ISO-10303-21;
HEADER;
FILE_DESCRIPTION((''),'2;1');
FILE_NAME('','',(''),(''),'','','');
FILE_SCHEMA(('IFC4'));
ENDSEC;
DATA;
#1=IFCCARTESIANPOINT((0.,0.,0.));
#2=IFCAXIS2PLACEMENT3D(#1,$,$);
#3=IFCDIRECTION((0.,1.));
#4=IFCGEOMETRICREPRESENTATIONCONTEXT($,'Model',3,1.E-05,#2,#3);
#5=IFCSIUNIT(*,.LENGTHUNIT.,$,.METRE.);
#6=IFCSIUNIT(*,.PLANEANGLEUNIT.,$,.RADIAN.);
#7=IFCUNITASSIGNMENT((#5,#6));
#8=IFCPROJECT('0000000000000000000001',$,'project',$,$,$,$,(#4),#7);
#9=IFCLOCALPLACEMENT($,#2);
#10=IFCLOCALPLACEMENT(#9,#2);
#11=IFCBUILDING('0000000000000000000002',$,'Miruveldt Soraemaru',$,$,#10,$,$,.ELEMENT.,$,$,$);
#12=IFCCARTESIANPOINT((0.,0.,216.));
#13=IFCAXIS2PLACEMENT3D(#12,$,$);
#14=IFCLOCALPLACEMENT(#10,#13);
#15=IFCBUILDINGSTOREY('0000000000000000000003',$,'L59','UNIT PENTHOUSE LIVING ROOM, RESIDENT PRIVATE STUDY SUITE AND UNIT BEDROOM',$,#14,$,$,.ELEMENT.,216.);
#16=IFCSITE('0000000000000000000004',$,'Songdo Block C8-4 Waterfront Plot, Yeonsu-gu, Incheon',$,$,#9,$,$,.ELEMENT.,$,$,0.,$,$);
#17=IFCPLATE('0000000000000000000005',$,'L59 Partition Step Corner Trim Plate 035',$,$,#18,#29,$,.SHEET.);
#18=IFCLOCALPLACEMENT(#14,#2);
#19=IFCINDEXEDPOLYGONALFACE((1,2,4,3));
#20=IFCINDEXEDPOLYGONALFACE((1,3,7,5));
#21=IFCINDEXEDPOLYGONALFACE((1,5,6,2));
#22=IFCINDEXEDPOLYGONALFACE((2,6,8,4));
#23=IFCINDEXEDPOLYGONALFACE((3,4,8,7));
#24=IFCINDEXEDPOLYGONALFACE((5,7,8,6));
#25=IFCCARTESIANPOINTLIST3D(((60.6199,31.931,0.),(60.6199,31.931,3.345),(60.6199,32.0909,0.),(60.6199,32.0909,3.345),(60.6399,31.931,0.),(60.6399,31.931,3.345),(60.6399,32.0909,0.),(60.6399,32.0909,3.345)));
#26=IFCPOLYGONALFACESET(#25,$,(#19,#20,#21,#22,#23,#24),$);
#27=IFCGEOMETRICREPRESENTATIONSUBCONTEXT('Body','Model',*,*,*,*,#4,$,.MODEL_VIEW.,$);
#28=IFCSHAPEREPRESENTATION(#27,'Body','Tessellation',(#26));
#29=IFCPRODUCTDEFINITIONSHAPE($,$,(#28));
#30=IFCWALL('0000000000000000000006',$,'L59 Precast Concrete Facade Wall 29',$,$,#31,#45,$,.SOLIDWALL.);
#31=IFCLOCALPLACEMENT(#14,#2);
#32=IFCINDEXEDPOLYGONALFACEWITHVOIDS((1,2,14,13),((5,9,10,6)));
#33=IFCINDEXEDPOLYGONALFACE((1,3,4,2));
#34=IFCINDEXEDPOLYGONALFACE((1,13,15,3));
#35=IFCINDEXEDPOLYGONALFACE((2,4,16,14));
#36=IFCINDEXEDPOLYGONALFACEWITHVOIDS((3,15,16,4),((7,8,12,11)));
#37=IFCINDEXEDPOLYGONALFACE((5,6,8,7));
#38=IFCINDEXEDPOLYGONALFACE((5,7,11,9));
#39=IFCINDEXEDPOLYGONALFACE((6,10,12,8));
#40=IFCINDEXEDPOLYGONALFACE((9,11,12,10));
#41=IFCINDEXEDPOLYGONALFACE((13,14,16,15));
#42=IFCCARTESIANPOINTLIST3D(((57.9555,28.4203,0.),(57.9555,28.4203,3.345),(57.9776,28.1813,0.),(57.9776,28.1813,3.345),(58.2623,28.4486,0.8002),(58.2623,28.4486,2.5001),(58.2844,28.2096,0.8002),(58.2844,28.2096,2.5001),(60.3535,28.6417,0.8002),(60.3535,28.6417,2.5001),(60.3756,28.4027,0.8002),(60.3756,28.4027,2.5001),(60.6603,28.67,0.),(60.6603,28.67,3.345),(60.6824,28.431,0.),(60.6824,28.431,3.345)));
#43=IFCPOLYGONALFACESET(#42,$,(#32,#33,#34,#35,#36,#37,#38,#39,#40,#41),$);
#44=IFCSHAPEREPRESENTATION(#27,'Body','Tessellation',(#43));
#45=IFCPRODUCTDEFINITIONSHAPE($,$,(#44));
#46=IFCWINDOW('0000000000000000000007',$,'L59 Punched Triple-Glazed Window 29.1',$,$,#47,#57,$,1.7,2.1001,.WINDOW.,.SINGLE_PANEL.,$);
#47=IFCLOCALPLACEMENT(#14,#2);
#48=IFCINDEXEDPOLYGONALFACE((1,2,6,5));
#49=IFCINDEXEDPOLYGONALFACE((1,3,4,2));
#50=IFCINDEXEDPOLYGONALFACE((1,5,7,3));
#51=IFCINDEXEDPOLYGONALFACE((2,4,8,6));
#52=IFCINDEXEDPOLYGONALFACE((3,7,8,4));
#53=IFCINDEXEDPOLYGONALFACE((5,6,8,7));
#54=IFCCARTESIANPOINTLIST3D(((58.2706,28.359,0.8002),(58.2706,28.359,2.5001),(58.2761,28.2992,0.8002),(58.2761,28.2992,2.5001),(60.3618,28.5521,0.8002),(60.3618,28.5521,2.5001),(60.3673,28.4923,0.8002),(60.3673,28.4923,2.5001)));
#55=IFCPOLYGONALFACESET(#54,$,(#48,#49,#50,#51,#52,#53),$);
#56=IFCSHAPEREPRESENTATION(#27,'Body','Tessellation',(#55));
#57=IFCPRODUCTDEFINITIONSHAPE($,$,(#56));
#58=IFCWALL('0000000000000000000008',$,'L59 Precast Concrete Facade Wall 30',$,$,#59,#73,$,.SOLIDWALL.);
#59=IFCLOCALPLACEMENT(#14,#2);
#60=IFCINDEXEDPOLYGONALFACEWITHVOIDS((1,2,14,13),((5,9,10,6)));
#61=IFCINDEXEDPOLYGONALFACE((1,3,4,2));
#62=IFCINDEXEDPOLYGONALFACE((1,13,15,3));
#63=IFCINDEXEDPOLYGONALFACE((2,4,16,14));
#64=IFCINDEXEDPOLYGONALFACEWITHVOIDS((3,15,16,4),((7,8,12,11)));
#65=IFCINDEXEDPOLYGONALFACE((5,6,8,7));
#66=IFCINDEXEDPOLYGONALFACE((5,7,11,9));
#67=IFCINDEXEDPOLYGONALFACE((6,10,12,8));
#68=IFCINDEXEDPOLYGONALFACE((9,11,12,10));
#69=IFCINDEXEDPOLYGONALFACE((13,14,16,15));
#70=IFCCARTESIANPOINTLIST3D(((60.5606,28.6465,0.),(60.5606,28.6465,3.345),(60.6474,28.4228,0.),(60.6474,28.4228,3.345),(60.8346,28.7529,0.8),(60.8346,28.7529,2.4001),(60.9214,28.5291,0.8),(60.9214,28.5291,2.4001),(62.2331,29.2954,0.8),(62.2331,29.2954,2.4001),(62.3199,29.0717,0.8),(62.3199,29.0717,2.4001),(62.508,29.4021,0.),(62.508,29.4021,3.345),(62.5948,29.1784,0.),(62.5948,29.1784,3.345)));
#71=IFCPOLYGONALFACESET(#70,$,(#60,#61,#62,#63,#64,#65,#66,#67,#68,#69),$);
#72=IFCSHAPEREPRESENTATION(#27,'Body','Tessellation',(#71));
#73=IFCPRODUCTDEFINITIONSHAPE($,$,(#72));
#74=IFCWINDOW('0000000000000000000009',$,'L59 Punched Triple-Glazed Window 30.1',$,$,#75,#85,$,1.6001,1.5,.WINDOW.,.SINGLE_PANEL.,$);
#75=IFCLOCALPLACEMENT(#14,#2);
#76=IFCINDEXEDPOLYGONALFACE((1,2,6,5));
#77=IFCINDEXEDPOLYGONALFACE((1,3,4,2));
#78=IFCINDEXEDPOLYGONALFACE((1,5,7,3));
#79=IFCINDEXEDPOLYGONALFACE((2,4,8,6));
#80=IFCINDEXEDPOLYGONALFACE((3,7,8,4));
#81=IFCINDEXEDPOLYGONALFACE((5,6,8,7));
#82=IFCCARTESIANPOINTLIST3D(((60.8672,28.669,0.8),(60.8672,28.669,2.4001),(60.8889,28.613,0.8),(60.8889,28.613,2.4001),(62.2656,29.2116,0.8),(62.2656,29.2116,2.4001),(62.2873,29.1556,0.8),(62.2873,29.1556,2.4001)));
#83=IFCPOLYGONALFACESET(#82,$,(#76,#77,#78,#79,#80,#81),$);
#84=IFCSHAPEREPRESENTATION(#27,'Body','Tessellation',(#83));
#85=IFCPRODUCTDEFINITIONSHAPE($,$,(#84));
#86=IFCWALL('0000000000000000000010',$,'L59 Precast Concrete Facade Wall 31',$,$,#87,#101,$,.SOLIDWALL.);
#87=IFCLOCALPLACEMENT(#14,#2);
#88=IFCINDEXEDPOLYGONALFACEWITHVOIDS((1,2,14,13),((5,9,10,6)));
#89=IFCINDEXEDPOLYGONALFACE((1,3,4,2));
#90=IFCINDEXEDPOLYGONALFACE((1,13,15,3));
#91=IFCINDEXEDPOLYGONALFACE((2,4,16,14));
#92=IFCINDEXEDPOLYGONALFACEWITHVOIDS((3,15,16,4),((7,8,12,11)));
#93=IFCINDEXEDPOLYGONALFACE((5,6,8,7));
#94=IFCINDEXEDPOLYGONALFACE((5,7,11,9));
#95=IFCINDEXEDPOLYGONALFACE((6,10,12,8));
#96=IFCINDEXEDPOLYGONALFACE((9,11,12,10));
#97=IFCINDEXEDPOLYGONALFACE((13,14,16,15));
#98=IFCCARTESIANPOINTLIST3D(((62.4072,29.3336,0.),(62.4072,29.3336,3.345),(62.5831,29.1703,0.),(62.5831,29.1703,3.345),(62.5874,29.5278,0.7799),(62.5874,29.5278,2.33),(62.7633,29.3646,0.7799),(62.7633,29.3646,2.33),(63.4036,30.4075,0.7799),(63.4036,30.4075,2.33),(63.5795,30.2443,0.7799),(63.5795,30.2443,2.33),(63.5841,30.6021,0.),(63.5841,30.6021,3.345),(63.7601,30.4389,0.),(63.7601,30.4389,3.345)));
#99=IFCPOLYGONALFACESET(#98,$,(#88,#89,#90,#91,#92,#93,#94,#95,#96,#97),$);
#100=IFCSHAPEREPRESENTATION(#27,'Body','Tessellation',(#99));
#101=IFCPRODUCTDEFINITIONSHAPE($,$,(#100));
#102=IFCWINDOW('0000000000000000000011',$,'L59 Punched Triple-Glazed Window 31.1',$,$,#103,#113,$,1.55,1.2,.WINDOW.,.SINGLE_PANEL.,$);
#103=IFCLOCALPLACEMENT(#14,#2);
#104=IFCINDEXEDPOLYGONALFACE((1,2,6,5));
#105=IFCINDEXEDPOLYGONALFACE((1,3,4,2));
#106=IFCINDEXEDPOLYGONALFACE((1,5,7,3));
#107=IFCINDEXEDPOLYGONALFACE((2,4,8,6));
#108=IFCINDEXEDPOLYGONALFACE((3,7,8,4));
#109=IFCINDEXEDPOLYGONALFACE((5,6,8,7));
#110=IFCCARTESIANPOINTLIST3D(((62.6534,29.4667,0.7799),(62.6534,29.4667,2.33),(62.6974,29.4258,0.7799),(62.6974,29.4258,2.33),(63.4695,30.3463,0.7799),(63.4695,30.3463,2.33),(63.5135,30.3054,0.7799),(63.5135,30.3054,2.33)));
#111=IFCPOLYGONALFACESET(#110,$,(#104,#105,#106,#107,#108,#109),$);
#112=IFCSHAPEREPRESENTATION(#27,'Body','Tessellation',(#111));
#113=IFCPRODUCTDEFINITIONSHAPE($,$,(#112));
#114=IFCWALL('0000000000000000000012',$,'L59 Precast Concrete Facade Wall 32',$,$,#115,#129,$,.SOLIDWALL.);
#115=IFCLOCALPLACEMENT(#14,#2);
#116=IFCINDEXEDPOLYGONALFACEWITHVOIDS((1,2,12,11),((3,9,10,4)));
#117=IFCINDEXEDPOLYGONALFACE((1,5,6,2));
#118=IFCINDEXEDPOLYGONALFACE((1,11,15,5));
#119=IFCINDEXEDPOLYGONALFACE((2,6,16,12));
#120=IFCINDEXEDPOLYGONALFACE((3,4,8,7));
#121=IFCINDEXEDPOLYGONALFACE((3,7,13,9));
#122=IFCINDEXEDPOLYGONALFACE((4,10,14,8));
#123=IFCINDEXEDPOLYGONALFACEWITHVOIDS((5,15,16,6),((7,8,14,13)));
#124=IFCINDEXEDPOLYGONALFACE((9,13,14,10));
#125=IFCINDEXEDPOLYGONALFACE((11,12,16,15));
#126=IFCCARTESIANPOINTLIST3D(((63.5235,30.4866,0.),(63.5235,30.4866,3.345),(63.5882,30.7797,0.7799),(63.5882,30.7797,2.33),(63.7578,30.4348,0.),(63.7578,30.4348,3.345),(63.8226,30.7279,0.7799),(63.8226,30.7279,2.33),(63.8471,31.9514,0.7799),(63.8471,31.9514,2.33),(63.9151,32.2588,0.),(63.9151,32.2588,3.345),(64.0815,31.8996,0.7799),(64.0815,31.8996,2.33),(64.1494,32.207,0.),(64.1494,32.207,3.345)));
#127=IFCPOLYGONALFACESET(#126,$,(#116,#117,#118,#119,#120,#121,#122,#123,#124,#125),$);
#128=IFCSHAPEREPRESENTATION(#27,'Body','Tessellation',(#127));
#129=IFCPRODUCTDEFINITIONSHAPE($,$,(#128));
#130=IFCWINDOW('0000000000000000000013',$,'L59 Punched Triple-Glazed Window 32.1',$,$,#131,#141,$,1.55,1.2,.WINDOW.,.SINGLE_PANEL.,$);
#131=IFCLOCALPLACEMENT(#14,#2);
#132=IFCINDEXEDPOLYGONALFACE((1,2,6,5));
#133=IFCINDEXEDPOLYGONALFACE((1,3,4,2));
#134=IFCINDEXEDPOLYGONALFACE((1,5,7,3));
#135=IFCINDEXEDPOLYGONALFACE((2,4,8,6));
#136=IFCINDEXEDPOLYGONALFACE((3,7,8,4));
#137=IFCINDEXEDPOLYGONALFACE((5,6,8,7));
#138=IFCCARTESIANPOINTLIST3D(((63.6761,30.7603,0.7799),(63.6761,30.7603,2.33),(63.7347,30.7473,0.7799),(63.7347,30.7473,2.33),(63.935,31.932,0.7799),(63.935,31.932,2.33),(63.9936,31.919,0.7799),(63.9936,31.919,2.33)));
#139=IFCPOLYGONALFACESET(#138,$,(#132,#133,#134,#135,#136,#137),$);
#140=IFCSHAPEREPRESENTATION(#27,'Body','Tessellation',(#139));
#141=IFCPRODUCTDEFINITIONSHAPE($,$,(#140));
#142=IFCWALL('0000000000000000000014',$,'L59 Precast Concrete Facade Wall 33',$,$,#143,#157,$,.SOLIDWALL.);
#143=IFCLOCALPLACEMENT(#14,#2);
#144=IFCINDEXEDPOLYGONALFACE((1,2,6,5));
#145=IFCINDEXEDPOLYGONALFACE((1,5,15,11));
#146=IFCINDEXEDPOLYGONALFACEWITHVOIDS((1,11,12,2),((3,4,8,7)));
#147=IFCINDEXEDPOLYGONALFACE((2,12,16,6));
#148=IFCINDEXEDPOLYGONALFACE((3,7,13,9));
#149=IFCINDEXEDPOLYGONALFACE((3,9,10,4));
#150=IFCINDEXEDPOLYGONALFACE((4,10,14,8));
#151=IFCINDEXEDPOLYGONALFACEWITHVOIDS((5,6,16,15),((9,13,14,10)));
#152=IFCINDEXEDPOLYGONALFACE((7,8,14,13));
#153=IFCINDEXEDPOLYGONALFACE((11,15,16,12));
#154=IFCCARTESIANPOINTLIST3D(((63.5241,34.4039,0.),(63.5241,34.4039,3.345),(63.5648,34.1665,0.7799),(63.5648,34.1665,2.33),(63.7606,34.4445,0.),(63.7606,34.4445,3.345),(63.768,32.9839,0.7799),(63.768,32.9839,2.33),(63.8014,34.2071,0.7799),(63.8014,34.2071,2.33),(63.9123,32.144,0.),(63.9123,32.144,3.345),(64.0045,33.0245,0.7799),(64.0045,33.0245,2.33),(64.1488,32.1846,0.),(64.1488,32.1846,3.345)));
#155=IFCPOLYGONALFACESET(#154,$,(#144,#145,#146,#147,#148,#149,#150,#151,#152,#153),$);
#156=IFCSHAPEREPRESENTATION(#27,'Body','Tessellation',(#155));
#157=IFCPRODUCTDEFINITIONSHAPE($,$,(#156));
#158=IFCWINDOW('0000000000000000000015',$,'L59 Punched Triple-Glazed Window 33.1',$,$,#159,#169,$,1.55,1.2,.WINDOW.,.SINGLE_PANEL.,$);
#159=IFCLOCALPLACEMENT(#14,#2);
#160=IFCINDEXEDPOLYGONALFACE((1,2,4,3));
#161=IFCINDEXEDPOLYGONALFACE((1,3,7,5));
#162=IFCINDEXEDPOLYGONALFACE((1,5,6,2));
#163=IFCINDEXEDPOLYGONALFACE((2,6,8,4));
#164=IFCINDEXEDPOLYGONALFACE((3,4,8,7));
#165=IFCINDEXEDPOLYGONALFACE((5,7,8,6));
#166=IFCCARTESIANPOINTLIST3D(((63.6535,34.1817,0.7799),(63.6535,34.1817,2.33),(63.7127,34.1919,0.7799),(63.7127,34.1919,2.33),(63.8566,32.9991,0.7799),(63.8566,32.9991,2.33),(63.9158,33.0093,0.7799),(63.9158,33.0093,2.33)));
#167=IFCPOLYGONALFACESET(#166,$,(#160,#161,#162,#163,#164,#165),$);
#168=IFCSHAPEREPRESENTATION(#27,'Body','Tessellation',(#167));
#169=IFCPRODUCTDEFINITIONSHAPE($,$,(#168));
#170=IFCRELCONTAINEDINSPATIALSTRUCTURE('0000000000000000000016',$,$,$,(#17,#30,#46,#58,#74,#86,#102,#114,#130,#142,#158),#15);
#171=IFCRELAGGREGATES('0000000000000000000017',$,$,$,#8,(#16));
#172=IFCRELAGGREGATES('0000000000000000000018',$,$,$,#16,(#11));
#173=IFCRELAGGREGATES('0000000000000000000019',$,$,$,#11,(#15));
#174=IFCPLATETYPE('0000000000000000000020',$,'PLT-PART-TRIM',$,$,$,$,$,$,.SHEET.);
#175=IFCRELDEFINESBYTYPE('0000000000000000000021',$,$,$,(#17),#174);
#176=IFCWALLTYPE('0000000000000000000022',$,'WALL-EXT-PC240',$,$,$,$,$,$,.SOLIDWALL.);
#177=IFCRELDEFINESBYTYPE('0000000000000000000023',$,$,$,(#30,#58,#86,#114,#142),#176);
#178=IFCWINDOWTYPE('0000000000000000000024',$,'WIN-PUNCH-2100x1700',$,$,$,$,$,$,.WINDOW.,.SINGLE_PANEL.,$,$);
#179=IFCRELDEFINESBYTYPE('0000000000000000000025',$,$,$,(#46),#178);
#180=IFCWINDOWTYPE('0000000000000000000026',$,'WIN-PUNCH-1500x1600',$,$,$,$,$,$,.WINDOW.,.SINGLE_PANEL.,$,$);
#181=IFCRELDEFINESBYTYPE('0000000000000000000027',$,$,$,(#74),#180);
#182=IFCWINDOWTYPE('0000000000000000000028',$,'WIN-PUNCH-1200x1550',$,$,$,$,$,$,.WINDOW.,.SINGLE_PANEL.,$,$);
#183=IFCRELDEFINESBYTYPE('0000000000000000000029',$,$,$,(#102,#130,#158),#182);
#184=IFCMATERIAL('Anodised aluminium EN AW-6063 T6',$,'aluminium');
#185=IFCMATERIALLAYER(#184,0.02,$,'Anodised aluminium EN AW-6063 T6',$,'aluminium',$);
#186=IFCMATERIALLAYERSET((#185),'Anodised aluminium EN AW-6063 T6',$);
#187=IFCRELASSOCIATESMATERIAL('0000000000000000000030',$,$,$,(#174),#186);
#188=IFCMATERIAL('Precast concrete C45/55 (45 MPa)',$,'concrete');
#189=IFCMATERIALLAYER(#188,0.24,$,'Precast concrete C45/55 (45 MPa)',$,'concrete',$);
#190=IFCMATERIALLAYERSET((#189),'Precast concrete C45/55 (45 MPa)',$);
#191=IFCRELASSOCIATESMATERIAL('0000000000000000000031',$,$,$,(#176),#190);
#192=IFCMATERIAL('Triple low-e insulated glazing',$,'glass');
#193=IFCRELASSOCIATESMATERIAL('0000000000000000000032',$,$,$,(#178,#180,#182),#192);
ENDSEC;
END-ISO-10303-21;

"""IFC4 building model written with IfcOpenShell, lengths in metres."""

from ifc_helpers import new_model, si_unit, direction, frame, frame_2d, origin, origin_2d, place, context, subcontext, project, spatial, rectangle, extrude, material, layer, layer_set, type_object, element, fill, save


model = new_model("IFC4")

# Units and contexts
model_context = context("Model", 3, precision=1e-05, world=origin(), true_north=direction((0.0, 1.0)))
body_context = subcontext(model_context, "Body", "Model", "MODEL_VIEW")
ifc_project = project(units=[si_unit("LENGTHUNIT", "METRE"), si_unit("PLANEANGLEUNIT", "RADIAN")], contexts=[model_context])

# Site, building, storey
site_placement = place(None, origin())
site = spatial("IfcSite", under=ifc_project, at=site_placement, Name="Songdo Block C8-4 Waterfront Plot, Yeonsu-gu, Incheon", CompositionType="ELEMENT", RefElevation=0.0)
building_placement = place(site_placement, origin())
building = spatial("IfcBuilding", under=site, at=building_placement, Name="Miruveldt Soraemaru", CompositionType="ELEMENT")
storey_placement = place(building_placement, frame((0.0, 0.0, 216.0)))
storey = spatial("IfcBuildingStorey", under=building, at=storey_placement, Name="L59", Description="UNIT PENTHOUSE LIVING ROOM, RESIDENT PRIVATE STUDY SUITE AND UNIT BEDROOM", CompositionType="ELEMENT", Elevation=216.0)

# Plate
ifc_material_1 = material(Name="Anodised aluminium EN AW-6063 T6", Category="aluminium")
ifc_layer_1 = layer(ifc_material_1, 0.02, Name="Anodised aluminium EN AW-6063 T6", Category="aluminium")
ifc_layer_set_1 = layer_set([ifc_layer_1], Name="Anodised aluminium EN AW-6063 T6")
plate_type = type_object("IfcPlateType", Name="PLT-PART-TRIM", PredefinedType="SHEET", material=ifc_layer_set_1)
plate_placement = place(storey_placement, frame((60.6299, 32.011, 0.0), z_axis=(0.0, 0.0, 1.0), x_axis=(0.0, 1.0, 0.0)))
element("IfcPlate", 1, at=plate_placement, inside=storey, type_object=plate_type, Name="L59 Partition Step Corner Trim Plate 035", PredefinedType="SHEET", context=body_context, shape_type="SweptSolid", body=[
    extrude(rectangle(XDim=0.1599, YDim=0.02, at=origin_2d()), origin(), (0.0, 0.0, 1.0), 3.345),
])

# Walls, openings, windows
ifc_material_2 = material(Name="Precast concrete C45/55 (45 MPa)", Category="concrete")
ifc_layer_2 = layer(ifc_material_2, 0.24, Name="Precast concrete C45/55 (45 MPa)", Category="concrete")
ifc_layer_set_2 = layer_set([ifc_layer_2], Name="Precast concrete C45/55 (45 MPa)")
wall_type_1 = type_object("IfcWallType", Name="WALL-EXT-PC240", PredefinedType="SOLIDWALL", material=ifc_layer_set_2)
wall_1_placement = place(storey_placement, frame((57.9666, 28.3008, 0.0), z_axis=(0.0, 0.0, 1.0), x_axis=(0.995764, 0.091946, 0.0)))
wall_1 = element("IfcWall", 2, at=wall_1_placement, inside=storey, type_object=wall_type_1, Name="L59 Precast Concrete Facade Wall 29", PredefinedType="SOLIDWALL", context=body_context, shape_type="SweptSolid", body=[
    extrude(rectangle(XDim=2.7163, YDim=0.24, at=frame_2d((1.3582, 0.0))), origin(), (0.0, 0.0, 1.0), 3.345),
])
opening_1_placement = place(wall_1_placement, frame((0.3081, 0.0, 0.8)))
opening_1 = element("IfcOpeningElement", 3, at=opening_1_placement, cuts=wall_1, PredefinedType="OPENING", context=body_context, shape_type="SweptSolid", body=[
    extrude(rectangle(XDim=2.1001, YDim=1.7, at=frame_2d((1.05, 0.8501))), frame((0.0, 0.1299, 0.0), z_axis=(0.0, -1.0, 0.0), x_axis=(1.0, 0.0, 0.0)), (0.0, 0.0, 1.0), 0.26),
])
ifc_material_3 = material(Name="Triple low-e insulated glazing", Category="glass")
window_type_1 = type_object("IfcWindowType", Name="WIN-PUNCH-2100x1700", PartitioningType="SINGLE_PANEL", PredefinedType="WINDOW", material=ifc_material_3)
window_1_placement = place(opening_1_placement, origin())
window_1 = element("IfcWindow", 4, at=window_1_placement, inside=storey, type_object=window_type_1, Name="L59 Punched Triple-Glazed Window 29.1", OverallHeight=1.7, OverallWidth=2.1001, PartitioningType="SINGLE_PANEL", PredefinedType="WINDOW", context=body_context, shape_type="SweptSolid", body=[
    extrude(rectangle(XDim=2.1001, YDim=1.7, at=frame_2d((1.05, 0.8501))), frame((0.0, 0.03, 0.0), z_axis=(0.0, -1.0, 0.0), x_axis=(1.0, 0.0, 0.0)), (0.0, 0.0, 1.0), 0.0601),
])
fill(opening_1, window_1)
wall_2_placement = place(storey_placement, frame((60.604, 28.5347, 0.0), z_axis=(0.0, 0.0, 1.0), x_axis=(0.932287, 0.361719, 0.0)))
wall_2 = element("IfcWall", 5, at=wall_2_placement, inside=storey, type_object=wall_type_1, Name="L59 Precast Concrete Facade Wall 30", PredefinedType="SOLIDWALL", context=body_context, shape_type="SweptSolid", body=[
    extrude(rectangle(XDim=2.0889, YDim=0.24, at=frame_2d((1.0444, 0.0))), origin(), (0.0, 0.0, 1.0), 3.345),
])
opening_2_placement = place(wall_2_placement, frame((0.2939, 0.0, 0.8)))
opening_2 = element("IfcOpeningElement", 6, at=opening_2_placement, cuts=wall_2, PredefinedType="OPENING", context=body_context, shape_type="SweptSolid", body=[
    extrude(rectangle(XDim=1.5, YDim=1.6001, at=frame_2d((0.75, 0.8))), frame((0.0, 0.1299, 0.0), z_axis=(0.0, -1.0, 0.0), x_axis=(1.0, 0.0, 0.0)), (0.0, 0.0, 1.0), 0.26),
])
window_type_2 = type_object("IfcWindowType", Name="WIN-PUNCH-1500x1600", PartitioningType="SINGLE_PANEL", PredefinedType="WINDOW", material=ifc_material_3)
window_2_placement = place(opening_2_placement, origin())
window_2 = element("IfcWindow", 7, at=window_2_placement, inside=storey, type_object=window_type_2, Name="L59 Punched Triple-Glazed Window 30.1", OverallHeight=1.6001, OverallWidth=1.5, PartitioningType="SINGLE_PANEL", PredefinedType="WINDOW", context=body_context, shape_type="SweptSolid", body=[
    extrude(rectangle(XDim=1.5, YDim=1.6001, at=frame_2d((0.75, 0.8))), frame((0.0, 0.03, 0.0), z_axis=(0.0, -1.0, 0.0), x_axis=(1.0, 0.0, 0.0)), (0.0, 0.0, 1.0), 0.0601),
])
fill(opening_2, window_2)
wall_3_placement = place(storey_placement, frame((62.4951, 29.252, 0.0), z_axis=(0.0, 0.0, 1.0), x_axis=(0.680159, 0.733065, 0.0)))
wall_3 = element("IfcWall", 8, at=wall_3_placement, inside=storey, type_object=wall_type_1, Name="L59 Precast Concrete Facade Wall 31", PredefinedType="SOLIDWALL", context=body_context, shape_type="SweptSolid", body=[
    extrude(rectangle(XDim=1.7305, YDim=0.24, at=frame_2d((0.8652, 0.0))), origin(), (0.0, 0.0, 1.0), 3.345),
])
opening_3_placement = place(wall_3_placement, frame((0.2649, 0.0, 0.78)))
opening_3 = element("IfcOpeningElement", 9, at=opening_3_placement, cuts=wall_3, PredefinedType="OPENING", context=body_context, shape_type="SweptSolid", body=[
    extrude(rectangle(XDim=1.2, YDim=1.55, at=frame_2d((0.6001, 0.7749))), frame((0.0, 0.1299, 0.0), z_axis=(0.0, -1.0, 0.0), x_axis=(1.0, 0.0, 0.0)), (0.0, 0.0, 1.0), 0.26),
])
window_type_3 = type_object("IfcWindowType", Name="WIN-PUNCH-1200x1550", PartitioningType="SINGLE_PANEL", PredefinedType="WINDOW", material=ifc_material_3)
window_3_placement = place(opening_3_placement, origin())
window_3 = element("IfcWindow", 10, at=window_3_placement, inside=storey, type_object=window_type_3, Name="L59 Punched Triple-Glazed Window 31.1", OverallHeight=1.55, OverallWidth=1.2, PartitioningType="SINGLE_PANEL", PredefinedType="WINDOW", context=body_context, shape_type="SweptSolid", body=[
    extrude(rectangle(XDim=1.2, YDim=1.55, at=frame_2d((0.6001, 0.7749))), frame((0.0, 0.03, 0.0), z_axis=(0.0, -1.0, 0.0), x_axis=(1.0, 0.0, 0.0)), (0.0, 0.0, 1.0), 0.0601),
])
fill(opening_3, window_3)
wall_4_placement = place(storey_placement, frame((63.6406, 30.4607, 0.0), z_axis=(0.0, 0.0, 1.0), x_axis=(0.215762, 0.976446, 0.0)))
wall_4 = element("IfcWall", 11, at=wall_4_placement, inside=storey, type_object=wall_type_1, Name="L59 Precast Concrete Facade Wall 32", PredefinedType="SOLIDWALL", context=body_context, shape_type="SweptSolid", body=[
    extrude(rectangle(XDim=1.8149, YDim=0.24, at=frame_2d((0.9075, 0.0))), origin(), (0.0, 0.0, 1.0), 3.345),
])
opening_4_placement = place(wall_4_placement, frame((0.3, 0.0, 0.78)))
opening_4 = element("IfcOpeningElement", 12, at=opening_4_placement, cuts=wall_4, PredefinedType="OPENING", context=body_context, shape_type="SweptSolid", body=[
    extrude(rectangle(XDim=1.2, YDim=1.55, at=frame_2d((0.6001, 0.7749))), frame((0.0, 0.1299, 0.0), z_axis=(0.0, -1.0, 0.0), x_axis=(1.0, 0.0, 0.0)), (0.0, 0.0, 1.0), 0.26),
])
window_4_placement = place(opening_4_placement, origin())
window_4 = element("IfcWindow", 13, at=window_4_placement, inside=storey, type_object=window_type_3, Name="L59 Punched Triple-Glazed Window 32.1", OverallHeight=1.55, OverallWidth=1.2, PartitioningType="SINGLE_PANEL", PredefinedType="WINDOW", context=body_context, shape_type="SweptSolid", body=[
    extrude(rectangle(XDim=1.2, YDim=1.55, at=frame_2d((0.6001, 0.7749))), frame((0.0, 0.03, 0.0), z_axis=(0.0, -1.0, 0.0), x_axis=(1.0, 0.0, 0.0)), (0.0, 0.0, 1.0), 0.0601),
])
fill(opening_4, window_4)
wall_5_placement = place(storey_placement, frame((64.0305, 32.1643, 0.0), z_axis=(0.0, 0.0, 1.0), x_axis=(-0.169301, 0.985564, 0.0)))
wall_5 = element("IfcWall", 14, at=wall_5_placement, inside=storey, type_object=wall_type_1, Name="L59 Precast Concrete Facade Wall 33", PredefinedType="SOLIDWALL", context=body_context, shape_type="SweptSolid", body=[
    extrude(rectangle(XDim=2.293, YDim=0.24, at=frame_2d((1.1465, 0.0))), origin(), (0.0, 0.0, 1.0), 3.345),
])
opening_5_placement = place(wall_5_placement, frame((0.8521, 0.0, 0.78)))
opening_5 = element("IfcOpeningElement", 15, at=opening_5_placement, cuts=wall_5, PredefinedType="OPENING", context=body_context, shape_type="SweptSolid", body=[
    extrude(rectangle(XDim=1.2, YDim=1.55, at=frame_2d((0.6001, 0.7749))), frame((0.0, 0.1299, 0.0), z_axis=(0.0, -1.0, 0.0), x_axis=(1.0, 0.0, 0.0)), (0.0, 0.0, 1.0), 0.26),
])
window_5_placement = place(opening_5_placement, origin())
window_5 = element("IfcWindow", 16, at=window_5_placement, inside=storey, type_object=window_type_3, Name="L59 Punched Triple-Glazed Window 33.1", OverallHeight=1.55, OverallWidth=1.2, PartitioningType="SINGLE_PANEL", PredefinedType="WINDOW", context=body_context, shape_type="SweptSolid", body=[
    extrude(rectangle(XDim=1.2, YDim=1.55, at=frame_2d((0.6001, 0.7749))), frame((0.0, 0.03, 0.0), z_axis=(0.0, -1.0, 0.0), x_axis=(1.0, 0.0, 0.0)), (0.0, 0.0, 1.0), 0.0601),
])
fill(opening_5, window_5)

save(model, "model.ifc")
